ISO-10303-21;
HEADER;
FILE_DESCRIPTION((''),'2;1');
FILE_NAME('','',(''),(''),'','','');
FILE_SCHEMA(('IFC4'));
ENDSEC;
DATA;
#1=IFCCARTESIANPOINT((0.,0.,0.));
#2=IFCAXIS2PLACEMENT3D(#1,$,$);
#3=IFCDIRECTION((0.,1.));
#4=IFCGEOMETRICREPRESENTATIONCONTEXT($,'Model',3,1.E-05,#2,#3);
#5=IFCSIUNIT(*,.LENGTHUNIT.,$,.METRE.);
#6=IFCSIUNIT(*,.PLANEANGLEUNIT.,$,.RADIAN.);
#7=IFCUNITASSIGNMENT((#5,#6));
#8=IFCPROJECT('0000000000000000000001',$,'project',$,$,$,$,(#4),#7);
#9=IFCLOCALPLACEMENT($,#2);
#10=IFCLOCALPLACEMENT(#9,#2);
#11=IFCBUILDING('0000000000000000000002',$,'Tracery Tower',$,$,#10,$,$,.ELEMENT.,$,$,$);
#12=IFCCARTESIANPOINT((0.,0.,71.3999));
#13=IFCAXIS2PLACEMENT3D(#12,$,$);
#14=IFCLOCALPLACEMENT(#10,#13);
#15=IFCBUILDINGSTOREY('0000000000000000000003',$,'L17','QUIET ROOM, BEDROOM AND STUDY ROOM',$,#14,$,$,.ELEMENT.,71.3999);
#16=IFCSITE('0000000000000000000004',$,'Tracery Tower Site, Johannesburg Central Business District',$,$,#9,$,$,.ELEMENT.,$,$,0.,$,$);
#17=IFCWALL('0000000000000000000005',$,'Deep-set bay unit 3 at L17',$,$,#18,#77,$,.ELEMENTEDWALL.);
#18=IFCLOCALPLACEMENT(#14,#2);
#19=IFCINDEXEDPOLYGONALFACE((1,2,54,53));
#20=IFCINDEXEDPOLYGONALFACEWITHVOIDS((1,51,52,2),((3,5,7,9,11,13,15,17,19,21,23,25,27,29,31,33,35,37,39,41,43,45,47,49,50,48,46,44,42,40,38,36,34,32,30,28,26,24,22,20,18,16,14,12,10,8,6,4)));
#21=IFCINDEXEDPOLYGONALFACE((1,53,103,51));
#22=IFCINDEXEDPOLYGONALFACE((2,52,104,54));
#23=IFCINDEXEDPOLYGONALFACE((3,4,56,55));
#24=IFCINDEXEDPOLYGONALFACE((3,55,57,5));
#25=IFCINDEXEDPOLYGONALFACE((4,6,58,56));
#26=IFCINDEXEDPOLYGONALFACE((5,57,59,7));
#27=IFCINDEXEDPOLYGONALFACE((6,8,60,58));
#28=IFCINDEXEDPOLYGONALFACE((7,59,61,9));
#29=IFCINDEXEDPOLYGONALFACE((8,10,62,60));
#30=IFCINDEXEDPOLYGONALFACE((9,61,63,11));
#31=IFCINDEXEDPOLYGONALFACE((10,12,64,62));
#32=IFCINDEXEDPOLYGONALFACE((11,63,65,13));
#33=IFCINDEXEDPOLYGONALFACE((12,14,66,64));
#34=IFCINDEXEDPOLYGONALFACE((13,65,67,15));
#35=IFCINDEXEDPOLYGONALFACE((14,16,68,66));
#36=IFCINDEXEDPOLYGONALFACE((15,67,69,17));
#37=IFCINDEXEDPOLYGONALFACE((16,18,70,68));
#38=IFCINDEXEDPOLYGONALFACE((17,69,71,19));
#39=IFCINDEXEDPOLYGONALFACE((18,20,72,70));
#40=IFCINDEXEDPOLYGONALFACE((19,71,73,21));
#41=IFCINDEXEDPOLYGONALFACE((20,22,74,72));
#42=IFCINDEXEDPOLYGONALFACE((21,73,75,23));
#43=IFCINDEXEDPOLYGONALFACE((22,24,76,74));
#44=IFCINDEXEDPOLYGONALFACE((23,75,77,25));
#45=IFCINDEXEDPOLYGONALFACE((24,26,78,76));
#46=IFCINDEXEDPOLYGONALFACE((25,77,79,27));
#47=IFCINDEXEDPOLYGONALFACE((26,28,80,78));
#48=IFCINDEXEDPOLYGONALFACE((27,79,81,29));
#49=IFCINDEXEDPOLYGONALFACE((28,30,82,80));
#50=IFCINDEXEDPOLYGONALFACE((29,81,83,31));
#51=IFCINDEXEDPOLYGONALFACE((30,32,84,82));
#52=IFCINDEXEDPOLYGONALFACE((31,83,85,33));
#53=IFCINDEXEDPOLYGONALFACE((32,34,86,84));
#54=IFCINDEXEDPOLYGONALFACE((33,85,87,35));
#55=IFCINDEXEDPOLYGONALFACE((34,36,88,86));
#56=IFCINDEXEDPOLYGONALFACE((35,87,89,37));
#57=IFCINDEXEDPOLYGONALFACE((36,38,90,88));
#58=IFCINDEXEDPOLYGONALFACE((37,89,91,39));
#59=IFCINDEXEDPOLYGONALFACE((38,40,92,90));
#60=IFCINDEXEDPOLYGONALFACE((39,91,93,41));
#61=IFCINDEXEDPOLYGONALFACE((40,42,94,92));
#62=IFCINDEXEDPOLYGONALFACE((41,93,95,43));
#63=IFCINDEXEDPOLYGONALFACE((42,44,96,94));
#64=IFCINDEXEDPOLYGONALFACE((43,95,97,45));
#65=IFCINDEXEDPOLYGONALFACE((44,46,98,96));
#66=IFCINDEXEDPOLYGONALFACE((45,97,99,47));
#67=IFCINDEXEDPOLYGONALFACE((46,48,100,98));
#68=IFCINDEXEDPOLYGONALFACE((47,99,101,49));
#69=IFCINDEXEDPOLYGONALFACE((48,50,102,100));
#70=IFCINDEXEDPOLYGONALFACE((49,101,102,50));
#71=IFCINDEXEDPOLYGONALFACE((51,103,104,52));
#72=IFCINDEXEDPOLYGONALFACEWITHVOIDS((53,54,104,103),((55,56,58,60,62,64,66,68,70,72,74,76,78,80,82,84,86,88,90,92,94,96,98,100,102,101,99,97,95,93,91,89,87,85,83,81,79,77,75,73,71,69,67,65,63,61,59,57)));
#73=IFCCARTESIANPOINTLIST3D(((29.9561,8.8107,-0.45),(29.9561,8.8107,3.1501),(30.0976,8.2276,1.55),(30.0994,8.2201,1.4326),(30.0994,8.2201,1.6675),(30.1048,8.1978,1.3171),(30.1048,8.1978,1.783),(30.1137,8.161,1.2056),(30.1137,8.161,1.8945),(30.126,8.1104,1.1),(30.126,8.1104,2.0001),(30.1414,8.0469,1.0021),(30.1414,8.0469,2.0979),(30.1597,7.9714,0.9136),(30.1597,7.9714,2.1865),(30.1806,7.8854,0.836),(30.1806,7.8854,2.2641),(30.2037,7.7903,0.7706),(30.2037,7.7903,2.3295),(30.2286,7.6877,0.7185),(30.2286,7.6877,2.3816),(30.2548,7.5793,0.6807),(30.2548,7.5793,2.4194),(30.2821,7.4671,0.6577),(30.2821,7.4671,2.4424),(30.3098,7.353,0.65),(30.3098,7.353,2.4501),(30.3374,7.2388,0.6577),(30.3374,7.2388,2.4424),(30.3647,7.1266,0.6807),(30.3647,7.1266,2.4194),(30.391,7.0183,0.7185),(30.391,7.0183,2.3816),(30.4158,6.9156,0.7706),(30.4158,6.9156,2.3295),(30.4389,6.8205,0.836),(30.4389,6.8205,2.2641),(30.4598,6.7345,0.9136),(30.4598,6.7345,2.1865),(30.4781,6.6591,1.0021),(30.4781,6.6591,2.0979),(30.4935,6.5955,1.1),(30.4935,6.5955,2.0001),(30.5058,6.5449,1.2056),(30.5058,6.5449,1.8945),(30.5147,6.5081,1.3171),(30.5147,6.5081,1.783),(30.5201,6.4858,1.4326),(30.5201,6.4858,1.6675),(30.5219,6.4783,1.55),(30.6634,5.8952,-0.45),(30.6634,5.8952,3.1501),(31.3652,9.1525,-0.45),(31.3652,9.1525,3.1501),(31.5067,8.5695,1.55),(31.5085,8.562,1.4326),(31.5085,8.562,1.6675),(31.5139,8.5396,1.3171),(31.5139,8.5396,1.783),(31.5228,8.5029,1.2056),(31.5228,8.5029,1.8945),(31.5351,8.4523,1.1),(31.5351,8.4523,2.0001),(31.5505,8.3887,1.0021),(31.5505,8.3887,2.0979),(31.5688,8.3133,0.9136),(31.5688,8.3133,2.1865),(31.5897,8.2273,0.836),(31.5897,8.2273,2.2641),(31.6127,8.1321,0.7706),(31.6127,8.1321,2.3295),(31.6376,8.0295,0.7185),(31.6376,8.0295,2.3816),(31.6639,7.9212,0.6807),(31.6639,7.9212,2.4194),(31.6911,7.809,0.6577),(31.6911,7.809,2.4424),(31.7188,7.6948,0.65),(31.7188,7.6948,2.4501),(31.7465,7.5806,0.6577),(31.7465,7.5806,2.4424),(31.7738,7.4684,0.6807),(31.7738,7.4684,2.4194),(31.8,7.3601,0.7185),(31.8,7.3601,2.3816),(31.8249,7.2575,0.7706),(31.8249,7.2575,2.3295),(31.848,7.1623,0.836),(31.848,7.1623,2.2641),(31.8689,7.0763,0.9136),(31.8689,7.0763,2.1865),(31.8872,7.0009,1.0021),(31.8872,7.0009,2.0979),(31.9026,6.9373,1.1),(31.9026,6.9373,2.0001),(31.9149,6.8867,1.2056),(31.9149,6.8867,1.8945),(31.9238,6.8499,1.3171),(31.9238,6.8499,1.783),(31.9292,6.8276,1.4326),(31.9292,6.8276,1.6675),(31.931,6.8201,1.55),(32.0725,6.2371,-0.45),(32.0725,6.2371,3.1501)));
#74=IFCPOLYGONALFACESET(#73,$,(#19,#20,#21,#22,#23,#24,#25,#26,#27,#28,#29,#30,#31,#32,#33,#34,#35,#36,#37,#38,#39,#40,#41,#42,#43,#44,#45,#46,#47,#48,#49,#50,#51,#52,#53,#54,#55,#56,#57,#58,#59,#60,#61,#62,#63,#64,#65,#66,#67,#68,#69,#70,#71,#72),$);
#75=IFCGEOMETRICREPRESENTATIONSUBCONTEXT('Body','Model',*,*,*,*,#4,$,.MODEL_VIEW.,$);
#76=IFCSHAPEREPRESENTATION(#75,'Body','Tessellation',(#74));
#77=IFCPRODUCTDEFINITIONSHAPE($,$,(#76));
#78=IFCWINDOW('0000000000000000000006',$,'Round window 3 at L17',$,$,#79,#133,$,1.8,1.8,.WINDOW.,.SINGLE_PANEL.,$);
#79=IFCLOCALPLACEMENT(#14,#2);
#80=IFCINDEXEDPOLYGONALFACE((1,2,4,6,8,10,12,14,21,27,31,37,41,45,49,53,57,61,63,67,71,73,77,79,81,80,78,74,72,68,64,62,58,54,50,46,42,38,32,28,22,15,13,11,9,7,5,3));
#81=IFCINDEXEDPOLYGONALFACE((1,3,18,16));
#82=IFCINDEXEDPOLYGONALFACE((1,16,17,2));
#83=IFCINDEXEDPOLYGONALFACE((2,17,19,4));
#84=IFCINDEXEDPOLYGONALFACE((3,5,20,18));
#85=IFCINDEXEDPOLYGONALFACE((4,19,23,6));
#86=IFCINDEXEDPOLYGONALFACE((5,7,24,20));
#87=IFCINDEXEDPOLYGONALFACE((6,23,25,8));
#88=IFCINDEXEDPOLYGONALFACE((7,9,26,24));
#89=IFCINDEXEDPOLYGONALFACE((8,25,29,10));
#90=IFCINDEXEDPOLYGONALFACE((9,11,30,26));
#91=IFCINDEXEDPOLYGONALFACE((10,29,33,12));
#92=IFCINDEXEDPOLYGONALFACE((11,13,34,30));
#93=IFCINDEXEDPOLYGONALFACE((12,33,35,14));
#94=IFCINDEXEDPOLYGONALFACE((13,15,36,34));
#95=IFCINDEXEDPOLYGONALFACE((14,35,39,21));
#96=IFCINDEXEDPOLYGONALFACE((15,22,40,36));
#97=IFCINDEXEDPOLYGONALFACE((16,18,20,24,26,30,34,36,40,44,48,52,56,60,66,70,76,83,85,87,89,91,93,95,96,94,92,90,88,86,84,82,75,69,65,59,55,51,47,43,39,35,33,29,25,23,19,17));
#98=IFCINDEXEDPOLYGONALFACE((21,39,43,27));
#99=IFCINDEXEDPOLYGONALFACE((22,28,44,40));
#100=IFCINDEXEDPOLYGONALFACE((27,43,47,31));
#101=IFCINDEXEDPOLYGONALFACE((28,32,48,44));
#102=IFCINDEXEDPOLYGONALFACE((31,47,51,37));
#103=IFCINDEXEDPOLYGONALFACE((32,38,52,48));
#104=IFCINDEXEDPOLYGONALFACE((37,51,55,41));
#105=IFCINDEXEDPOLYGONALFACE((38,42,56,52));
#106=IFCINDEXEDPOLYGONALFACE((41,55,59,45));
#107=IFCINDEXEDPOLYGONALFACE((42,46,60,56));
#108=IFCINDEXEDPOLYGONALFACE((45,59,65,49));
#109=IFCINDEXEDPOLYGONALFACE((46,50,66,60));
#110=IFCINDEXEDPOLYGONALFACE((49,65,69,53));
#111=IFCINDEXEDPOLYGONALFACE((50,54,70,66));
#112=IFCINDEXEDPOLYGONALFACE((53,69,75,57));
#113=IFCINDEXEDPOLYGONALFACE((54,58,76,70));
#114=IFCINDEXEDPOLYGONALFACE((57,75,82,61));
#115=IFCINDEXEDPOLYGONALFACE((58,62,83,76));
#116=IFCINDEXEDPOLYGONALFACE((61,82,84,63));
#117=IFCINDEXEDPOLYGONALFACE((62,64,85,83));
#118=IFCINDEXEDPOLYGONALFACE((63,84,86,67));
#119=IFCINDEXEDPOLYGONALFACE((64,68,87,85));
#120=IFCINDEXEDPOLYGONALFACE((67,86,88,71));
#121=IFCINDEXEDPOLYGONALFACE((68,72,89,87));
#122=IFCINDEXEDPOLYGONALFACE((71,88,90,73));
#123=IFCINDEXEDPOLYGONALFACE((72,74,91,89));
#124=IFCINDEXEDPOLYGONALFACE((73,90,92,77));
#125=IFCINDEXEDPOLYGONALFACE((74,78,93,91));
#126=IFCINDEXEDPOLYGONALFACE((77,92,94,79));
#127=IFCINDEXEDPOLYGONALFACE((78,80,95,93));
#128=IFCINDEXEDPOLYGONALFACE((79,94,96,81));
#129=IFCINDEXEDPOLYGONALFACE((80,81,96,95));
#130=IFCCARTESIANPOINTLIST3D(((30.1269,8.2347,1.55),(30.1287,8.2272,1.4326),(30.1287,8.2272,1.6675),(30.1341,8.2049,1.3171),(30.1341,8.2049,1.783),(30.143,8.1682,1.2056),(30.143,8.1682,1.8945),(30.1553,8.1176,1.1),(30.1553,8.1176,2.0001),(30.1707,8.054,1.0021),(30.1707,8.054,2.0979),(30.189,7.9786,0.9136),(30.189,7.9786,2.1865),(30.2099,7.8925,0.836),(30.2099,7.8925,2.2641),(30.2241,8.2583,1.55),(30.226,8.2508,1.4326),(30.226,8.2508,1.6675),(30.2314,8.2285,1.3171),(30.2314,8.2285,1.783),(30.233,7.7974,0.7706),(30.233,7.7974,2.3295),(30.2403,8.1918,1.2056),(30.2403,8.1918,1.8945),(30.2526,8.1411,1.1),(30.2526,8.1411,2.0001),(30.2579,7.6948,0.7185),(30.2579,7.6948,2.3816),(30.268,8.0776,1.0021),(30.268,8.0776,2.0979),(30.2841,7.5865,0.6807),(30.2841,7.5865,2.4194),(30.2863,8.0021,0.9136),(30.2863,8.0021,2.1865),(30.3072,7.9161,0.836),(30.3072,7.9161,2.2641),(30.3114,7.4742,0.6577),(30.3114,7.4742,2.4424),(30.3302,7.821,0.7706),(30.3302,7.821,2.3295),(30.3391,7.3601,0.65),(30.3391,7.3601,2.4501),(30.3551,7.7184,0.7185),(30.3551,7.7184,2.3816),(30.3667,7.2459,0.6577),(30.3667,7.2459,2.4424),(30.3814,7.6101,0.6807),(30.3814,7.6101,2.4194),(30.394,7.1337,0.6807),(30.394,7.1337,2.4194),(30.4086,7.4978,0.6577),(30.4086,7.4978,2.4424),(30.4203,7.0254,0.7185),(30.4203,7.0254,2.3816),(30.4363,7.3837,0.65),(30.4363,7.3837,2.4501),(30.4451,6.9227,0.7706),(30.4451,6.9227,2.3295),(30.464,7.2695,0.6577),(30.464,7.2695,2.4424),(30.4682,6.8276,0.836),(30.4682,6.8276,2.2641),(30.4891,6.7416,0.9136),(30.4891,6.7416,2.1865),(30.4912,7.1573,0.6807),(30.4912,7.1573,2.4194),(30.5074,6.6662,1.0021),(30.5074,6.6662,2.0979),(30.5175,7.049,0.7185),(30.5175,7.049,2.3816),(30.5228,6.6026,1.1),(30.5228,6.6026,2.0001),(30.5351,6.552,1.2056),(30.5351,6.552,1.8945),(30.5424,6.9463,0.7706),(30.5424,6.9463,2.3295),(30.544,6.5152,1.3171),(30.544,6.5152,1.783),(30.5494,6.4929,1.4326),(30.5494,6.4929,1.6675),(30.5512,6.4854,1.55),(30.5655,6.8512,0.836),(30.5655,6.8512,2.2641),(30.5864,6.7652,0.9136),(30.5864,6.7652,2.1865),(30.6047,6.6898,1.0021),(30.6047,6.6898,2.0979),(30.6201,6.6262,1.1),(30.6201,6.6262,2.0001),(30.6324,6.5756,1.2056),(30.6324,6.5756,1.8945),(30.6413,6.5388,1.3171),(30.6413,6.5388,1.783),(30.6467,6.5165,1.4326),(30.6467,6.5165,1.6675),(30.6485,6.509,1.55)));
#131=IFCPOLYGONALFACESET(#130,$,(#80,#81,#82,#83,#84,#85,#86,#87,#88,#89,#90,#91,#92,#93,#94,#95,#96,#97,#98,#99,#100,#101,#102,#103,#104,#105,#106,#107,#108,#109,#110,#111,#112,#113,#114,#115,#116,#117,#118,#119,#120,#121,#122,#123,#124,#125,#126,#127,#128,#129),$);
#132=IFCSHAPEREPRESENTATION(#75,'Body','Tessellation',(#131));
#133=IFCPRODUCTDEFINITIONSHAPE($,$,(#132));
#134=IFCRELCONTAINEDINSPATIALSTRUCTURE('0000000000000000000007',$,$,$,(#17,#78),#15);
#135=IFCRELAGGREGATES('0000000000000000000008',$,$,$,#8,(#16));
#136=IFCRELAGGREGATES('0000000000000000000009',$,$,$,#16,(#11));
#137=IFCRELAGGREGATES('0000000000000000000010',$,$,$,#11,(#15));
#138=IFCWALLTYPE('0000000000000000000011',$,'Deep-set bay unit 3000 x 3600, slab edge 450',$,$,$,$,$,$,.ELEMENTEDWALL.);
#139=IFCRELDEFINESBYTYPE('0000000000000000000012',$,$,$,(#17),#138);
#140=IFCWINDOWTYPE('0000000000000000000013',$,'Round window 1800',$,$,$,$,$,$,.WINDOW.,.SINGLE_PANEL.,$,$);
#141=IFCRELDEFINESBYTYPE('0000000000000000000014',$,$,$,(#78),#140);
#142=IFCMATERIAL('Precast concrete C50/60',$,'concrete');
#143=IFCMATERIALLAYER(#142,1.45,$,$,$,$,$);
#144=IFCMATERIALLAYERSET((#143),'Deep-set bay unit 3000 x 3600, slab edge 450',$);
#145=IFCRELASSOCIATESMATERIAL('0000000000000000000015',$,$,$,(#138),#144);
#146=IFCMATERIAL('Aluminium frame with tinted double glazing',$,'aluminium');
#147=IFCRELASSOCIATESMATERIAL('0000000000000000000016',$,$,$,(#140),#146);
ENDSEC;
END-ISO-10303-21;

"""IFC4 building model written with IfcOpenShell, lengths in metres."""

from ifc_helpers import new_model, si_unit, direction, frame, frame_2d, origin, origin_2d, place, context, subcontext, project, spatial, rectangle, circle, extrude, material, layer, layer_set, type_object, element, fill, save


model = new_model("IFC4")

# Units and contexts
model_context = context("Model", 3, precision=1e-05, world=origin(), true_north=direction((0.0, 1.0)))
body_context = subcontext(model_context, "Body", "Model", "MODEL_VIEW")
ifc_project = project(units=[si_unit("LENGTHUNIT", "METRE"), si_unit("PLANEANGLEUNIT", "RADIAN")], contexts=[model_context])

# Site, building, storey
site_placement = place(None, origin())
site = spatial("IfcSite", under=ifc_project, at=site_placement, Name="Tracery Tower Site, Johannesburg Central Business District", CompositionType="ELEMENT", RefElevation=0.0)
building_placement = place(site_placement, origin())
building = spatial("IfcBuilding", under=site, at=building_placement, Name="Tracery Tower", CompositionType="ELEMENT")
storey_placement = place(building_placement, frame((0.0, 0.0, 71.3999)))
storey = spatial("IfcBuildingStorey", under=building, at=storey_placement, Name="L17", Description="QUIET ROOM, BEDROOM AND STUDY ROOM", CompositionType="ELEMENT", Elevation=71.3999)

# Wall, opening, window
ifc_material_1 = material(Name="Precast concrete C50/60", Category="concrete")
ifc_layer_1 = layer(ifc_material_1, 1.45)
ifc_layer_set_1 = layer_set([ifc_layer_1], Name="Deep-set bay unit 3000 x 3600, slab edge 450")
wall_type_1 = type_object("IfcWallType", Name="Deep-set bay unit 3000 x 3600, slab edge 450", PredefinedType="ELEMENTEDWALL", material=ifc_layer_set_1)
wall_1_placement = place(storey_placement, frame((31.3679, 6.0662, -0.45), z_axis=(0.0, 0.0, 1.0), x_axis=(-0.235751, 0.971813, 0.0)))
wall_1 = element("IfcWall", 1, at=wall_1_placement, inside=storey, type_object=wall_type_1, Name="Deep-set bay unit 3 at L17", PredefinedType="ELEMENTEDWALL", context=body_context, shape_type="SweptSolid", body=[
    extrude(rectangle(XDim=3.0, YDim=1.45, at=frame_2d((1.5, 0.0))), origin(), (0.0, 0.0, 1.0), 3.6001),
])
opening_1_placement = place(wall_1_placement, frame((1.5, 0.0, 2.0)))
opening_1 = element("IfcOpeningElement", 2, at=opening_1_placement, cuts=wall_1, PredefinedType="OPENING", context=body_context, shape_type="SweptSolid", body=[
    extrude(circle(Radius=0.9, at=origin_2d()), frame((0.0, 0.7349, 0.0), z_axis=(0.0, -1.0, 0.0), x_axis=(1.0, 0.0, 0.0)), (0.0, 0.0, 1.0), 1.47),
])
ifc_material_2 = material(Name="Aluminium frame with tinted double glazing", Category="aluminium")
window_type = type_object("IfcWindowType", Name="Round window 1800", PartitioningType="SINGLE_PANEL", PredefinedType="WINDOW", material=ifc_material_2)
window_1_placement = place(opening_1_placement, origin())
window_1 = element("IfcWindow", 3, at=window_1_placement, inside=storey, type_object=window_type, Name="Round window 3 at L17", OverallHeight=1.8, OverallWidth=1.8, PartitioningType="SINGLE_PANEL", PredefinedType="WINDOW", context=body_context, shape_type="SweptSolid", body=[
    extrude(circle(Radius=0.9, at=origin_2d()), frame((0.0, 0.6948, 0.0), z_axis=(0.0, -1.0, 0.0), x_axis=(1.0, 0.0, 0.0)), (0.0, 0.0, 1.0), 0.1001),
])
fill(opening_1, window_1)

save(model, "model.ifc")
